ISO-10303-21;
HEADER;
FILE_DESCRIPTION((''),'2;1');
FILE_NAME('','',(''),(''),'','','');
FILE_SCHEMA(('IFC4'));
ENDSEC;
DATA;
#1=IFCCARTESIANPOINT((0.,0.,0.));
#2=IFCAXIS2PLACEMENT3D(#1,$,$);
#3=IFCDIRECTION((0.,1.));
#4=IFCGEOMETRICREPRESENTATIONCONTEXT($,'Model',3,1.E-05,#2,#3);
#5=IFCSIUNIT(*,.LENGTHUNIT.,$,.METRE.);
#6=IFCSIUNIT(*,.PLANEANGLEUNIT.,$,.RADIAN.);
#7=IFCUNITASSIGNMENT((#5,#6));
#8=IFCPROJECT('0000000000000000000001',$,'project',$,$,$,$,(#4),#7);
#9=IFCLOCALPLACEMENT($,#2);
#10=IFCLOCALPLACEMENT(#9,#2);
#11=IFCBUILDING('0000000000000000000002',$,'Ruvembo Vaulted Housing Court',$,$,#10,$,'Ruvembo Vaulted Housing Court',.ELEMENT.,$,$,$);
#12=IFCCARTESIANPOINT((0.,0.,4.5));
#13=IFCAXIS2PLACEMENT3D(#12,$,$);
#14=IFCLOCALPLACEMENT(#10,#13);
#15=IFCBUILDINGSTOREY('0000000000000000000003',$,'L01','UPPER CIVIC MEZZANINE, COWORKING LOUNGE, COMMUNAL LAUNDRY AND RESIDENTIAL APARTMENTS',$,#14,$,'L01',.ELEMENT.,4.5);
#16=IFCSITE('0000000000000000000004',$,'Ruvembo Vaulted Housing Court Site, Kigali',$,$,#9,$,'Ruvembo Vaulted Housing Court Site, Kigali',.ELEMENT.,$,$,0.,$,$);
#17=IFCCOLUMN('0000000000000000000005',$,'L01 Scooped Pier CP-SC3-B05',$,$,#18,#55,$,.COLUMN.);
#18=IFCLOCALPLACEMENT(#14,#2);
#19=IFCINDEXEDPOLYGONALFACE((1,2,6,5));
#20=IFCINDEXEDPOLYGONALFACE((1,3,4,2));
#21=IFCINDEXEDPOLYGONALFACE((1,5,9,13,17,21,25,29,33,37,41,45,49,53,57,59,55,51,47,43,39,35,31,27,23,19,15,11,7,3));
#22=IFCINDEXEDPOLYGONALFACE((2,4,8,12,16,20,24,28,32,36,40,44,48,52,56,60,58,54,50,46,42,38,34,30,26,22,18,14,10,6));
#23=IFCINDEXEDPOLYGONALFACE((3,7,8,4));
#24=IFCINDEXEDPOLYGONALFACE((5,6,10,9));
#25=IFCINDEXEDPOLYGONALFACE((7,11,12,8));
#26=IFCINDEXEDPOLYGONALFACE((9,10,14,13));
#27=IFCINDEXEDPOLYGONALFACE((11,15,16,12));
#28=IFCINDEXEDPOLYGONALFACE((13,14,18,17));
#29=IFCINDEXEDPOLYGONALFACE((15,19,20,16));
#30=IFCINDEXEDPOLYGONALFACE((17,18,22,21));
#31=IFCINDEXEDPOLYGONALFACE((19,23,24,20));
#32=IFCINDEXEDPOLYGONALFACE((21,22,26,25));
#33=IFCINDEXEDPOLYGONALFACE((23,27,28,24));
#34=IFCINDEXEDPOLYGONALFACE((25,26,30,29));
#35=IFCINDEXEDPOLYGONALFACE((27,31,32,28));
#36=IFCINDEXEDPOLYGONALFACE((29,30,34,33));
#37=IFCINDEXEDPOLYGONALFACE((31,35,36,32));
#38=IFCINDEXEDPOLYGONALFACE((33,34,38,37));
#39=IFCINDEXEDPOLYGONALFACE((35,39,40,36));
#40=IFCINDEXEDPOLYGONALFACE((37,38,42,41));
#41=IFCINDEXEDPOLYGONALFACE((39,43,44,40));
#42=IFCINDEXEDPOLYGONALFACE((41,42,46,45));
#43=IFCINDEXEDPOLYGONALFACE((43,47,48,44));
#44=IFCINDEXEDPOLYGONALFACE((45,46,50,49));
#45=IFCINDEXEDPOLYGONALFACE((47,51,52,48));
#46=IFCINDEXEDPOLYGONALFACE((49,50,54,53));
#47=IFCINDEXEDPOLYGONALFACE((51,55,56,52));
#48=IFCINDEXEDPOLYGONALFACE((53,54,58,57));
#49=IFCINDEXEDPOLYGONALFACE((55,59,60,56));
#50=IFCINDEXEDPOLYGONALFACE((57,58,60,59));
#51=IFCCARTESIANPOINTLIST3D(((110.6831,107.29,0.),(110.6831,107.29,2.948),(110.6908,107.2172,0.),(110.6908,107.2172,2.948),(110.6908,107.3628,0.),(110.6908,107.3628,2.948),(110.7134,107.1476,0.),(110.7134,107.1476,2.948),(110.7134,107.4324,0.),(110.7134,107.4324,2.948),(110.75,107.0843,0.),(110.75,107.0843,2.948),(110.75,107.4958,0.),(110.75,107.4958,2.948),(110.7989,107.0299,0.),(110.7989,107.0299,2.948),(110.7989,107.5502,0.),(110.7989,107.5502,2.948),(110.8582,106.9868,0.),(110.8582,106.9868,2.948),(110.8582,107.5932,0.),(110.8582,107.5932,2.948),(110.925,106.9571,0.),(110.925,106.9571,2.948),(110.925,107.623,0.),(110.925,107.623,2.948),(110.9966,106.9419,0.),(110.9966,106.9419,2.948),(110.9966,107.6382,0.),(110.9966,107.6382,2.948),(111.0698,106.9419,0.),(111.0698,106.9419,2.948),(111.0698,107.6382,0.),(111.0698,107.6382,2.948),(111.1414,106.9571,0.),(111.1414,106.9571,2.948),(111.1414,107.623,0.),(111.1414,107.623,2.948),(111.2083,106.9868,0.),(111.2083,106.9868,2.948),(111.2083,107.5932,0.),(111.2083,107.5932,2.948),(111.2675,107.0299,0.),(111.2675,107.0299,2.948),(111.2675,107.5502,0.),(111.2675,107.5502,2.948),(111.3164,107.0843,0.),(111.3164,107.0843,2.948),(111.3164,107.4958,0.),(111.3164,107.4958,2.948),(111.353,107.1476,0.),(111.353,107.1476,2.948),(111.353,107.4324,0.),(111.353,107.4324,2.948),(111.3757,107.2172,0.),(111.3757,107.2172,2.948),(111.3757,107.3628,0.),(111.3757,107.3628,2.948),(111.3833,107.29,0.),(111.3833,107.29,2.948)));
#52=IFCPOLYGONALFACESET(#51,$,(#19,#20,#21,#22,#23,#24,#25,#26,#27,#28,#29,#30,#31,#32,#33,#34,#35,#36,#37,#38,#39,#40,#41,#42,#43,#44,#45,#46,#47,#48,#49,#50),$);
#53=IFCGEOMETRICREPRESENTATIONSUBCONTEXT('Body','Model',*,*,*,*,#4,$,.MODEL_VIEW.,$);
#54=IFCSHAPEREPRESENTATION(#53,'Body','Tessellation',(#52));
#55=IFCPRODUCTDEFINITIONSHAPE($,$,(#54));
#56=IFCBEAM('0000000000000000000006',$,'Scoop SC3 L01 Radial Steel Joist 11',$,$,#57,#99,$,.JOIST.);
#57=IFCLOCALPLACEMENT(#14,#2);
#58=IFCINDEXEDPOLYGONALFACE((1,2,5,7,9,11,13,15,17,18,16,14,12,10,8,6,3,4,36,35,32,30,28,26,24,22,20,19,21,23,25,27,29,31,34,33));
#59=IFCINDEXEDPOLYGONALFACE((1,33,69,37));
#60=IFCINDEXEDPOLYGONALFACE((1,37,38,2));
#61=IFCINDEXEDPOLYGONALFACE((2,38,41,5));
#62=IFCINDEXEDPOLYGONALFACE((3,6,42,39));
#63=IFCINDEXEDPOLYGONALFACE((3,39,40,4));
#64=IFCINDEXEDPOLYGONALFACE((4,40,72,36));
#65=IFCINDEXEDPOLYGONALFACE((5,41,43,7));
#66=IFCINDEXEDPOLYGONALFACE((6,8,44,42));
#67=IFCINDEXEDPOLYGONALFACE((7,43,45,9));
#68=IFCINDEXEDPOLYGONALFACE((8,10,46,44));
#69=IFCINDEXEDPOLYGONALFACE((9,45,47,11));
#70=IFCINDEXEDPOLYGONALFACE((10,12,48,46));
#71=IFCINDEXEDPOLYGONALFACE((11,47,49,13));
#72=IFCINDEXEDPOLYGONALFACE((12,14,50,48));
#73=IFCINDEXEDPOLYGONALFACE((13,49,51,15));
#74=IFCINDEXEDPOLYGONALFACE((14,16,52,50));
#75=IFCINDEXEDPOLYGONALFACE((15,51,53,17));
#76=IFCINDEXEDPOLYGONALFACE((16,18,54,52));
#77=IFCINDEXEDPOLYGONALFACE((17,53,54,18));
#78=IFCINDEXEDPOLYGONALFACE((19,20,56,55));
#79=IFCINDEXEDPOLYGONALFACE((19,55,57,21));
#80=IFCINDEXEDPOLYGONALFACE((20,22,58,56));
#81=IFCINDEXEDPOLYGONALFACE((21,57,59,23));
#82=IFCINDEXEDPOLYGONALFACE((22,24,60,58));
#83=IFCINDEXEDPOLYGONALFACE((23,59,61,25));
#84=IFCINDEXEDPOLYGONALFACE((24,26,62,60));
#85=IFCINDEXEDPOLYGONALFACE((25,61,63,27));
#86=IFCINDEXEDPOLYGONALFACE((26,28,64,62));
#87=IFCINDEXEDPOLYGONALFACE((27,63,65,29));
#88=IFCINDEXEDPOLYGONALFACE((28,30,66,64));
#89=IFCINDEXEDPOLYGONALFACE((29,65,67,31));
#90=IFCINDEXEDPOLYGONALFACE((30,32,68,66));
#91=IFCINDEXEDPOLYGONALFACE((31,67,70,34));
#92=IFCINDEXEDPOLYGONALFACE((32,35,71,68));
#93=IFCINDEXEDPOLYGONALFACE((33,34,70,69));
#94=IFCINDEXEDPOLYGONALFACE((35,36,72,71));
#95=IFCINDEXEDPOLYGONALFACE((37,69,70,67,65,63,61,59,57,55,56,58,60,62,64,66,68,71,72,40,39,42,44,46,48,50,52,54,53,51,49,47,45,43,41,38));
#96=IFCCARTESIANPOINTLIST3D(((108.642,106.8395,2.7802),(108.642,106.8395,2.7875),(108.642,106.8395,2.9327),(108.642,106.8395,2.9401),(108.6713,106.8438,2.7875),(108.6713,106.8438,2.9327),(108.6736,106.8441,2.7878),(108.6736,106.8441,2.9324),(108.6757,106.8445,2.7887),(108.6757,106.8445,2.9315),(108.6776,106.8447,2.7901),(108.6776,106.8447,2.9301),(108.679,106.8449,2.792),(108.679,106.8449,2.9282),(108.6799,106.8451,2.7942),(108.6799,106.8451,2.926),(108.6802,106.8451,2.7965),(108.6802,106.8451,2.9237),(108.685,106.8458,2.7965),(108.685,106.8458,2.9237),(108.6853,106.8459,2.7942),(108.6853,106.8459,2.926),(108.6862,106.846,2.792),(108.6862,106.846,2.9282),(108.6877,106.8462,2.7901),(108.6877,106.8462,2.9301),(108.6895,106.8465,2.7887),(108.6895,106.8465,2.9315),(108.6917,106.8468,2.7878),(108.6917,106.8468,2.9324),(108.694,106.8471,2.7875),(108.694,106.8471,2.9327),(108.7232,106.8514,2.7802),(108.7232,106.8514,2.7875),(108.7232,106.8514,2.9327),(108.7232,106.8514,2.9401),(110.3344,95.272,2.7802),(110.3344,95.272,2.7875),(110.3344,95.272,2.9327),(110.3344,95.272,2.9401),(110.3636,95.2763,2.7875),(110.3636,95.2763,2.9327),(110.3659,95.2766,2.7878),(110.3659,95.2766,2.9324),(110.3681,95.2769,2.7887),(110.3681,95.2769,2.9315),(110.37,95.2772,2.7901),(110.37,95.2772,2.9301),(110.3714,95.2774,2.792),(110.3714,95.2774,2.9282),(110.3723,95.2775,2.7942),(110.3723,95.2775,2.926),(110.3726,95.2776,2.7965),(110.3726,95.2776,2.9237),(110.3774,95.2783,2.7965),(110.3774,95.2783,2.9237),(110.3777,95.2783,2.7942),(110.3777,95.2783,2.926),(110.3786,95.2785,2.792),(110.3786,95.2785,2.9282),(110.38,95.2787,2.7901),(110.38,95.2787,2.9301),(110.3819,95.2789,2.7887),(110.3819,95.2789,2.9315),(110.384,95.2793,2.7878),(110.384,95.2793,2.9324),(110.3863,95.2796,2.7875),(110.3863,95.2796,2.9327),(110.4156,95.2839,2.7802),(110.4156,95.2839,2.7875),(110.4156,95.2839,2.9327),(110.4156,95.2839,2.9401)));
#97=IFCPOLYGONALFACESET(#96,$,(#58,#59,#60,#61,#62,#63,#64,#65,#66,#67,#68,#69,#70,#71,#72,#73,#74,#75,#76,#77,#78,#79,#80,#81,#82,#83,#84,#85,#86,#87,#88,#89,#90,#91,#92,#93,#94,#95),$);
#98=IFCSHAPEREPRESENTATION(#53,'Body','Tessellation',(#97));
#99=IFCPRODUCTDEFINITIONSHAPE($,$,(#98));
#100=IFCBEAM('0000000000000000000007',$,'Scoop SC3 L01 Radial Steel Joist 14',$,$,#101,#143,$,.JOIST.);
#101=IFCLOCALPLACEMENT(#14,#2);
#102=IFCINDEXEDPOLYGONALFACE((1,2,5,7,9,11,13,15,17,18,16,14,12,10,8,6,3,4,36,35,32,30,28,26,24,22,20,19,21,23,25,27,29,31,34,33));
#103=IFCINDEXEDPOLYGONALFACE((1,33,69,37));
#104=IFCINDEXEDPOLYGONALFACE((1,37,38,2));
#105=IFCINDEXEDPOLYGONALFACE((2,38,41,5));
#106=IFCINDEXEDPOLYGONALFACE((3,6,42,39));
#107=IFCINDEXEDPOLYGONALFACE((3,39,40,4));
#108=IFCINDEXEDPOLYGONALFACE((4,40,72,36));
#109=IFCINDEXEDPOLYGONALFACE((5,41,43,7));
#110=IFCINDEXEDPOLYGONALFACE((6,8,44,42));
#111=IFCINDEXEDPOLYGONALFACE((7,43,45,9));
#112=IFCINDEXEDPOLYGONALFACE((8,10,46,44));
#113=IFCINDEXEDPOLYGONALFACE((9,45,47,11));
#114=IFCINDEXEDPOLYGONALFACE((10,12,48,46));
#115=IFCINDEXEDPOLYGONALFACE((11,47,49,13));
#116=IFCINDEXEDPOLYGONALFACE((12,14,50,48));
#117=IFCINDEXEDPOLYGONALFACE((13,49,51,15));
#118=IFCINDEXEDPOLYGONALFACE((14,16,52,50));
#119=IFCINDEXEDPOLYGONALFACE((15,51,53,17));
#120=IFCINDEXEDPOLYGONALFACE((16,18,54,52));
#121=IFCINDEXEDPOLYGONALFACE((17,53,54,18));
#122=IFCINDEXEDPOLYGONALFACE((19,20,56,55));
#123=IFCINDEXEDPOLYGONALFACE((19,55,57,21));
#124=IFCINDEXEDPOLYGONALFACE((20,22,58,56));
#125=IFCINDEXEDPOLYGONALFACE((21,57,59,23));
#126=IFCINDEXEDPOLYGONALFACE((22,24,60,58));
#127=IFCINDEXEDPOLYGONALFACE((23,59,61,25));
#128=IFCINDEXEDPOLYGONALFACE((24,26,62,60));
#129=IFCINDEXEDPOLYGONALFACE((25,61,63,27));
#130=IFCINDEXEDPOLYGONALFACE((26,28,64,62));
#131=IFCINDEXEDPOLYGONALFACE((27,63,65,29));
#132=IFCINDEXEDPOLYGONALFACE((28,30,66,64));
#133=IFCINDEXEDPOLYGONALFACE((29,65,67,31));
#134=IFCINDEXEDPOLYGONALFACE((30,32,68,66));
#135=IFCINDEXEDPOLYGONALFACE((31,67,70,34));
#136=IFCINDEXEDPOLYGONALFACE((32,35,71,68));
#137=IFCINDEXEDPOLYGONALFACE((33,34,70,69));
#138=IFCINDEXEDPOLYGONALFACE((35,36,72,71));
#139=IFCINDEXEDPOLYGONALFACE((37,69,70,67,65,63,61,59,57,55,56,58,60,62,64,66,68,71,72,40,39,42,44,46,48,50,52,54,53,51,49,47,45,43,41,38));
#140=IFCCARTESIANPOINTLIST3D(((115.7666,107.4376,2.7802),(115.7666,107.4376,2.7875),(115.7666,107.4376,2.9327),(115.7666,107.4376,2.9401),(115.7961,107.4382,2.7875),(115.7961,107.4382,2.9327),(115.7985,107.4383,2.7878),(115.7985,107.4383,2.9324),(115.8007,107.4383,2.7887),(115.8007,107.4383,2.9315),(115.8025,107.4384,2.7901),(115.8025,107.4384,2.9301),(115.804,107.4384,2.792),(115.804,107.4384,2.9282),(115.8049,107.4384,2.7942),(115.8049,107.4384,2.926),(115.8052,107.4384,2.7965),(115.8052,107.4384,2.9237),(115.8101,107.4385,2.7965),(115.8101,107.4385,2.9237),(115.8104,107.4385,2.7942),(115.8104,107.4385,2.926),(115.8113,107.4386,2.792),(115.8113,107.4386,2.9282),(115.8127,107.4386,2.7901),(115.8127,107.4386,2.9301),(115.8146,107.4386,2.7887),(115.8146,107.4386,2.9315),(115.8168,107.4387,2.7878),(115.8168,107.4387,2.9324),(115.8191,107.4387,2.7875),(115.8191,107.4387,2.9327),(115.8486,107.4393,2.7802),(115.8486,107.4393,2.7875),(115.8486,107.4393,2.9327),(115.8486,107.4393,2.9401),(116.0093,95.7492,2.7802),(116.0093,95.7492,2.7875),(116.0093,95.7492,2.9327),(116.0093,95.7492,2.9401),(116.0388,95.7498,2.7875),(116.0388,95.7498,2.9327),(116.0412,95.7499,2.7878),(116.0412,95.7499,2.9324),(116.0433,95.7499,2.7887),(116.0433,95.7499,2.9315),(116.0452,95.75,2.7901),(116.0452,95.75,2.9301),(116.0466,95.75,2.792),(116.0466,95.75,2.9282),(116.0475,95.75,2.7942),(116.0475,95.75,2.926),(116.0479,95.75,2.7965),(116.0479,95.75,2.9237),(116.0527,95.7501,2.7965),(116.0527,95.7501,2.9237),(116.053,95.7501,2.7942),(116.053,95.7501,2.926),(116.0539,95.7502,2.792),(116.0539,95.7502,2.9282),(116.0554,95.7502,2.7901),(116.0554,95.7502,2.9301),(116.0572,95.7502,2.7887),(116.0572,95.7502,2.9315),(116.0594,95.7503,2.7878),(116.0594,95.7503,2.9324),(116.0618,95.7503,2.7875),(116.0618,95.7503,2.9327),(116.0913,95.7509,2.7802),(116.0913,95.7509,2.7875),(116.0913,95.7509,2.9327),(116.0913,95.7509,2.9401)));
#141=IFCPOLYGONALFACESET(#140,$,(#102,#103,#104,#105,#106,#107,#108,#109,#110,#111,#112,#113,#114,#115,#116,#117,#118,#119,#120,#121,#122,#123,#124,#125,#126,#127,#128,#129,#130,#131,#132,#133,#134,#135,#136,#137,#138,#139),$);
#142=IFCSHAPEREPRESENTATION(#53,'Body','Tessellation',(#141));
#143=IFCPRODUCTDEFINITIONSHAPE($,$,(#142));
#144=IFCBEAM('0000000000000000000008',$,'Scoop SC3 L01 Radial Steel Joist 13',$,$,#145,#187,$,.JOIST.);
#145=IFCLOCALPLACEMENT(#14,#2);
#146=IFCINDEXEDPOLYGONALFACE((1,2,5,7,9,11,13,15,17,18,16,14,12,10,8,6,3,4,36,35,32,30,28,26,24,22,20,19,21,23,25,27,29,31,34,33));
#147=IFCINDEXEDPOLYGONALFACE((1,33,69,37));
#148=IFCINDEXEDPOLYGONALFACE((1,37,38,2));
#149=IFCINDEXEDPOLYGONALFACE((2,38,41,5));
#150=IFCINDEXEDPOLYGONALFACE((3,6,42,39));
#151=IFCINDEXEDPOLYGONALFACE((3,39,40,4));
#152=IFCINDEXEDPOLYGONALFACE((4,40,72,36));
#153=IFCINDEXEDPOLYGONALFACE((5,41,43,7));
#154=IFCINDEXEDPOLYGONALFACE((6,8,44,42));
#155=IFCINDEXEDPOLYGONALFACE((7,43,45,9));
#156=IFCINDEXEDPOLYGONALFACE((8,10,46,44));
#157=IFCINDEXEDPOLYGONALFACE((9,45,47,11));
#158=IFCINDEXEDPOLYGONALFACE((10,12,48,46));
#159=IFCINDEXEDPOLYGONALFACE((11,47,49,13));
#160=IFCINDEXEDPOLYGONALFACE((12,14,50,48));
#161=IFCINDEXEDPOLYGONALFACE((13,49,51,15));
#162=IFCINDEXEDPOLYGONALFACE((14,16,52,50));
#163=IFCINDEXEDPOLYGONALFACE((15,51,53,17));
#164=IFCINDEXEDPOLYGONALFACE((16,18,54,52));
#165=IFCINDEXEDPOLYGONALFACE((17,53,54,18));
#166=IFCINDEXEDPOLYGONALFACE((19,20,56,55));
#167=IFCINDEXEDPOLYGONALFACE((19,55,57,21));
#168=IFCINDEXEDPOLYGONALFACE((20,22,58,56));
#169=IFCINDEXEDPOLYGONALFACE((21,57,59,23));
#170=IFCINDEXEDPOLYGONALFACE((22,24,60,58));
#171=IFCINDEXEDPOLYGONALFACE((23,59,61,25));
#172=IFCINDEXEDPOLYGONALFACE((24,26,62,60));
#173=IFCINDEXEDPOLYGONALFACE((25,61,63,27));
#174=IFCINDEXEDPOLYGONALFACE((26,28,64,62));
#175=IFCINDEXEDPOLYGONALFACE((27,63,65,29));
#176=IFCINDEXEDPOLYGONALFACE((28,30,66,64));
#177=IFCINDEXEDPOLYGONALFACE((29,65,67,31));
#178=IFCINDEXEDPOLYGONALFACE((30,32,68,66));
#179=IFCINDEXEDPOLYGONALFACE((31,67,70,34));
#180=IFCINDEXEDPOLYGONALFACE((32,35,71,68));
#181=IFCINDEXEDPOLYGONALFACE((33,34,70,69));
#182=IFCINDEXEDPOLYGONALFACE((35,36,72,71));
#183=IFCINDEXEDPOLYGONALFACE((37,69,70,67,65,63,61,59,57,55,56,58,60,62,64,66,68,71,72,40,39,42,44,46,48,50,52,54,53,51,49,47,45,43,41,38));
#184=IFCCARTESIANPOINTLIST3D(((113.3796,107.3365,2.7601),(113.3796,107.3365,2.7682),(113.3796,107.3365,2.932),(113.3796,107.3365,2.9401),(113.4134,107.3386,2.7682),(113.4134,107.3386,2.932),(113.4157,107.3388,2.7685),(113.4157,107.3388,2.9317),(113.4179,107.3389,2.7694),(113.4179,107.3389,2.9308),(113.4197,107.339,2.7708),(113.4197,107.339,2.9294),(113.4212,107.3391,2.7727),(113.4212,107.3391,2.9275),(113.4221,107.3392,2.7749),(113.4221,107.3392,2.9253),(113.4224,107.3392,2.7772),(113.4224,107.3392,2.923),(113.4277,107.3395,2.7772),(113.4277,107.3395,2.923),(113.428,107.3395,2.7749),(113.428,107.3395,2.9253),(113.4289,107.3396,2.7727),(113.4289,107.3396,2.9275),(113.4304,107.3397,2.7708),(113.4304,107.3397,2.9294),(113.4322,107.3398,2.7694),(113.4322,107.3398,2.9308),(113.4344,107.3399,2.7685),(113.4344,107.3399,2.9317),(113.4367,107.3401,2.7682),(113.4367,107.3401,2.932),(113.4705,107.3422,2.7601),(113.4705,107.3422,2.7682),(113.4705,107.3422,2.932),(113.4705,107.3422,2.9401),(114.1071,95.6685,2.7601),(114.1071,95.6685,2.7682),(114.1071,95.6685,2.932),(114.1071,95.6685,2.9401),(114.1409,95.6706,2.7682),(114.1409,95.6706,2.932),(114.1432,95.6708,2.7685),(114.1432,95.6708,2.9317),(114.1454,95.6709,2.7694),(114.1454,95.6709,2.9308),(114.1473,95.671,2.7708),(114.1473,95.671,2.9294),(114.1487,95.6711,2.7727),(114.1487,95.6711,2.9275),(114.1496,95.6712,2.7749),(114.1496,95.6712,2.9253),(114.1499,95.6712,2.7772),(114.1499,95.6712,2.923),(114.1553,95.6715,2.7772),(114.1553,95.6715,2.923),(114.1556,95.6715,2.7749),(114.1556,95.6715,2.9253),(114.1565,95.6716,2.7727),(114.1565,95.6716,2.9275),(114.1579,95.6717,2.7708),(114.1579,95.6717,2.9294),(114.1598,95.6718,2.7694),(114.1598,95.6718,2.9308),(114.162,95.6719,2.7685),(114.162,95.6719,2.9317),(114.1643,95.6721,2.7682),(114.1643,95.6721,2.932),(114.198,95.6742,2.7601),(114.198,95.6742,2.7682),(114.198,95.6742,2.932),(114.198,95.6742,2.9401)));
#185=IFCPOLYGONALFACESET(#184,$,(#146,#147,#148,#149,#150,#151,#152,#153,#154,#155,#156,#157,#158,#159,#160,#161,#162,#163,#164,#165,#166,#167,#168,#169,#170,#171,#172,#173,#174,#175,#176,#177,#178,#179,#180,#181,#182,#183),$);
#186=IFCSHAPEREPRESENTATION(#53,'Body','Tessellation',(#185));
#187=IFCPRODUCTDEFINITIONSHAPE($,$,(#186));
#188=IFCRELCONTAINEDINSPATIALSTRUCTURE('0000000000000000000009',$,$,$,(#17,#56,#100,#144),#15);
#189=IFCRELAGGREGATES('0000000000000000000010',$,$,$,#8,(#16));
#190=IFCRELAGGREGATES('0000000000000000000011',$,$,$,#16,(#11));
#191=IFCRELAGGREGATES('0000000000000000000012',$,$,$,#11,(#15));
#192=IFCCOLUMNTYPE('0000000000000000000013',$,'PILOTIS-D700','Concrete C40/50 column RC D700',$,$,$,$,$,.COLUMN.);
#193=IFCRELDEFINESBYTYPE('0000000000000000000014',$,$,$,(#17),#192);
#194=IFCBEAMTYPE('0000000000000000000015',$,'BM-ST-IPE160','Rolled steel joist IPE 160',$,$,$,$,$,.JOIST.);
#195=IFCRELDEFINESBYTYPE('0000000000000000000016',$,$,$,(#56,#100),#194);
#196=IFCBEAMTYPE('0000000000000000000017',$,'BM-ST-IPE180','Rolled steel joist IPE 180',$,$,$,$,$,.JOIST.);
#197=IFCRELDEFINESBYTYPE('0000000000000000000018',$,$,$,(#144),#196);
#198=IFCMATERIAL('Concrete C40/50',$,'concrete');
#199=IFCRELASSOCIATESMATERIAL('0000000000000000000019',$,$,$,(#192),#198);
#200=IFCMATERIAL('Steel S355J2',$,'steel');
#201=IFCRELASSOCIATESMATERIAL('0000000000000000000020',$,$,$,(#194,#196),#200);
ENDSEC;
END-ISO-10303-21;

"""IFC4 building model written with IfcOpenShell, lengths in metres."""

from ifc_helpers import new_model, si_unit, direction, frame, origin, origin_2d, place, context, subcontext, project, spatial, circle, i_section, extrude, material, material_profile, profile_set, type_object, element, save


model = new_model("IFC4")

# Units and contexts
model_context = context("Model", 3, precision=1e-05, world=origin(), true_north=direction((0.0, 1.0)))
body_context = subcontext(model_context, "Body", "Model", "MODEL_VIEW")
ifc_project = project(units=[si_unit("LENGTHUNIT", "METRE"), si_unit("PLANEANGLEUNIT", "RADIAN")], contexts=[model_context])

# Site, building, storey
site_placement = place(None, origin())
site = spatial("IfcSite", under=ifc_project, at=site_placement, Name="Ruvembo Vaulted Housing Court Site, Kigali", LongName="Ruvembo Vaulted Housing Court Site, Kigali", CompositionType="ELEMENT", RefElevation=0.0)
building_placement = place(site_placement, origin())
building = spatial("IfcBuilding", under=site, at=building_placement, Name="Ruvembo Vaulted Housing Court", LongName="Ruvembo Vaulted Housing Court", CompositionType="ELEMENT")
storey_placement = place(building_placement, frame((0.0, 0.0, 4.5)))
storey = spatial("IfcBuildingStorey", under=building, at=storey_placement, Name="L01", Description="UPPER CIVIC MEZZANINE, COWORKING LOUNGE, COMMUNAL LAUNDRY AND RESIDENTIAL APARTMENTS", LongName="L01", CompositionType="ELEMENT", Elevation=4.5)

# Column
ifc_material_1 = material(Name="Concrete C40/50", Category="concrete")
ifc_material_profile_1 = material_profile(ifc_material_1, circle(Radius=0.3501, at=origin_2d()), Name="RC D700")
ifc_profile_set_1 = profile_set([ifc_material_profile_1], Name="Concrete C40/50")
column_type = type_object("IfcColumnType", Name="PILOTIS-D700", Description="Concrete C40/50 column RC D700", PredefinedType="COLUMN", material=ifc_profile_set_1)
column_placement = place(storey_placement, frame((111.0332, 107.29, 0.0), z_axis=(0.0, 0.0, 1.0), x_axis=(1.0, 0.0, 0.0)))
element("IfcColumn", 1, at=column_placement, inside=storey, type_object=column_type, Name="L01 Scooped Pier CP-SC3-B05", PredefinedType="COLUMN", context=body_context, shape_type="SweptSolid", body=[
    extrude(circle(Radius=0.3501, at=origin_2d()), origin(), (0.0, 0.0, 1.0), 2.948),
])

# Beams
ifc_material_2 = material(Name="Steel S355J2", Category="steel")
ifc_material_profile_2 = material_profile(ifc_material_2, i_section(OverallWidth=0.082, OverallDepth=0.1599, WebThickness=0.0049, FlangeThickness=0.0073, FilletRadius=0.009, at=origin_2d()), Name="IPE 160")
ifc_profile_set_2 = profile_set([ifc_material_profile_2], Name="Steel S355J2")
beam_type_1 = type_object("IfcBeamType", Name="BM-ST-IPE160", Description="Rolled steel joist IPE 160", PredefinedType="JOIST", material=ifc_profile_set_2)
beam_1_placement = place(storey_placement, frame((108.6826, 106.8455, 2.8601), z_axis=(0.144762, -0.989466, 0.0), x_axis=(0.989466, 0.144762, 0.0)))
element("IfcBeam", 2, at=beam_1_placement, inside=storey, type_object=beam_type_1, Name="Scoop SC3 L01 Radial Steel Joist 11", PredefinedType="JOIST", context=body_context, shape_type="SweptSolid", body=[
    extrude(i_section(OverallWidth=0.082, OverallDepth=0.1599, WebThickness=0.0049, FlangeThickness=0.0073, FilletRadius=0.009, at=origin_2d()), origin(), (0.0, 0.0, 1.0), 11.6907),
])
beam_2_placement = place(storey_placement, frame((115.8076, 107.4385, 2.8601), z_axis=(0.020757, -0.999785, 0.0), x_axis=(0.999785, 0.020757, 0.0)))
element("IfcBeam", 3, at=beam_2_placement, inside=storey, type_object=beam_type_1, Name="Scoop SC3 L01 Radial Steel Joist 14", PredefinedType="JOIST", context=body_context, shape_type="SweptSolid", body=[
    extrude(i_section(OverallWidth=0.082, OverallDepth=0.1599, WebThickness=0.0049, FlangeThickness=0.0073, FilletRadius=0.009, at=origin_2d()), origin(), (0.0, 0.0, 1.0), 11.6909),
])
ifc_material_profile_3 = material_profile(ifc_material_2, i_section(OverallWidth=0.0911, OverallDepth=0.1799, WebThickness=0.0054, FlangeThickness=0.0081, FilletRadius=0.009, at=origin_2d()), Name="IPE 180")
ifc_profile_set_3 = profile_set([ifc_material_profile_3], Name="Steel S355J2")
beam_type_2 = type_object("IfcBeamType", Name="BM-ST-IPE180", Description="Rolled steel joist IPE 180", PredefinedType="JOIST", material=ifc_profile_set_3)
beam_3_placement = place(storey_placement, frame((113.425, 107.3394, 2.8501), z_axis=(0.062233, -0.998062, 0.0), x_axis=(0.998062, 0.062233, 0.0)))
element("IfcBeam", 4, at=beam_3_placement, inside=storey, type_object=beam_type_2, Name="Scoop SC3 L01 Radial Steel Joist 13", PredefinedType="JOIST", context=body_context, shape_type="SweptSolid", body=[
    extrude(i_section(OverallWidth=0.0911, OverallDepth=0.1799, WebThickness=0.0054, FlangeThickness=0.0081, FilletRadius=0.009, at=origin_2d()), origin(), (0.0, 0.0, 1.0), 11.6907),
])

save(model, "model.ifc")
